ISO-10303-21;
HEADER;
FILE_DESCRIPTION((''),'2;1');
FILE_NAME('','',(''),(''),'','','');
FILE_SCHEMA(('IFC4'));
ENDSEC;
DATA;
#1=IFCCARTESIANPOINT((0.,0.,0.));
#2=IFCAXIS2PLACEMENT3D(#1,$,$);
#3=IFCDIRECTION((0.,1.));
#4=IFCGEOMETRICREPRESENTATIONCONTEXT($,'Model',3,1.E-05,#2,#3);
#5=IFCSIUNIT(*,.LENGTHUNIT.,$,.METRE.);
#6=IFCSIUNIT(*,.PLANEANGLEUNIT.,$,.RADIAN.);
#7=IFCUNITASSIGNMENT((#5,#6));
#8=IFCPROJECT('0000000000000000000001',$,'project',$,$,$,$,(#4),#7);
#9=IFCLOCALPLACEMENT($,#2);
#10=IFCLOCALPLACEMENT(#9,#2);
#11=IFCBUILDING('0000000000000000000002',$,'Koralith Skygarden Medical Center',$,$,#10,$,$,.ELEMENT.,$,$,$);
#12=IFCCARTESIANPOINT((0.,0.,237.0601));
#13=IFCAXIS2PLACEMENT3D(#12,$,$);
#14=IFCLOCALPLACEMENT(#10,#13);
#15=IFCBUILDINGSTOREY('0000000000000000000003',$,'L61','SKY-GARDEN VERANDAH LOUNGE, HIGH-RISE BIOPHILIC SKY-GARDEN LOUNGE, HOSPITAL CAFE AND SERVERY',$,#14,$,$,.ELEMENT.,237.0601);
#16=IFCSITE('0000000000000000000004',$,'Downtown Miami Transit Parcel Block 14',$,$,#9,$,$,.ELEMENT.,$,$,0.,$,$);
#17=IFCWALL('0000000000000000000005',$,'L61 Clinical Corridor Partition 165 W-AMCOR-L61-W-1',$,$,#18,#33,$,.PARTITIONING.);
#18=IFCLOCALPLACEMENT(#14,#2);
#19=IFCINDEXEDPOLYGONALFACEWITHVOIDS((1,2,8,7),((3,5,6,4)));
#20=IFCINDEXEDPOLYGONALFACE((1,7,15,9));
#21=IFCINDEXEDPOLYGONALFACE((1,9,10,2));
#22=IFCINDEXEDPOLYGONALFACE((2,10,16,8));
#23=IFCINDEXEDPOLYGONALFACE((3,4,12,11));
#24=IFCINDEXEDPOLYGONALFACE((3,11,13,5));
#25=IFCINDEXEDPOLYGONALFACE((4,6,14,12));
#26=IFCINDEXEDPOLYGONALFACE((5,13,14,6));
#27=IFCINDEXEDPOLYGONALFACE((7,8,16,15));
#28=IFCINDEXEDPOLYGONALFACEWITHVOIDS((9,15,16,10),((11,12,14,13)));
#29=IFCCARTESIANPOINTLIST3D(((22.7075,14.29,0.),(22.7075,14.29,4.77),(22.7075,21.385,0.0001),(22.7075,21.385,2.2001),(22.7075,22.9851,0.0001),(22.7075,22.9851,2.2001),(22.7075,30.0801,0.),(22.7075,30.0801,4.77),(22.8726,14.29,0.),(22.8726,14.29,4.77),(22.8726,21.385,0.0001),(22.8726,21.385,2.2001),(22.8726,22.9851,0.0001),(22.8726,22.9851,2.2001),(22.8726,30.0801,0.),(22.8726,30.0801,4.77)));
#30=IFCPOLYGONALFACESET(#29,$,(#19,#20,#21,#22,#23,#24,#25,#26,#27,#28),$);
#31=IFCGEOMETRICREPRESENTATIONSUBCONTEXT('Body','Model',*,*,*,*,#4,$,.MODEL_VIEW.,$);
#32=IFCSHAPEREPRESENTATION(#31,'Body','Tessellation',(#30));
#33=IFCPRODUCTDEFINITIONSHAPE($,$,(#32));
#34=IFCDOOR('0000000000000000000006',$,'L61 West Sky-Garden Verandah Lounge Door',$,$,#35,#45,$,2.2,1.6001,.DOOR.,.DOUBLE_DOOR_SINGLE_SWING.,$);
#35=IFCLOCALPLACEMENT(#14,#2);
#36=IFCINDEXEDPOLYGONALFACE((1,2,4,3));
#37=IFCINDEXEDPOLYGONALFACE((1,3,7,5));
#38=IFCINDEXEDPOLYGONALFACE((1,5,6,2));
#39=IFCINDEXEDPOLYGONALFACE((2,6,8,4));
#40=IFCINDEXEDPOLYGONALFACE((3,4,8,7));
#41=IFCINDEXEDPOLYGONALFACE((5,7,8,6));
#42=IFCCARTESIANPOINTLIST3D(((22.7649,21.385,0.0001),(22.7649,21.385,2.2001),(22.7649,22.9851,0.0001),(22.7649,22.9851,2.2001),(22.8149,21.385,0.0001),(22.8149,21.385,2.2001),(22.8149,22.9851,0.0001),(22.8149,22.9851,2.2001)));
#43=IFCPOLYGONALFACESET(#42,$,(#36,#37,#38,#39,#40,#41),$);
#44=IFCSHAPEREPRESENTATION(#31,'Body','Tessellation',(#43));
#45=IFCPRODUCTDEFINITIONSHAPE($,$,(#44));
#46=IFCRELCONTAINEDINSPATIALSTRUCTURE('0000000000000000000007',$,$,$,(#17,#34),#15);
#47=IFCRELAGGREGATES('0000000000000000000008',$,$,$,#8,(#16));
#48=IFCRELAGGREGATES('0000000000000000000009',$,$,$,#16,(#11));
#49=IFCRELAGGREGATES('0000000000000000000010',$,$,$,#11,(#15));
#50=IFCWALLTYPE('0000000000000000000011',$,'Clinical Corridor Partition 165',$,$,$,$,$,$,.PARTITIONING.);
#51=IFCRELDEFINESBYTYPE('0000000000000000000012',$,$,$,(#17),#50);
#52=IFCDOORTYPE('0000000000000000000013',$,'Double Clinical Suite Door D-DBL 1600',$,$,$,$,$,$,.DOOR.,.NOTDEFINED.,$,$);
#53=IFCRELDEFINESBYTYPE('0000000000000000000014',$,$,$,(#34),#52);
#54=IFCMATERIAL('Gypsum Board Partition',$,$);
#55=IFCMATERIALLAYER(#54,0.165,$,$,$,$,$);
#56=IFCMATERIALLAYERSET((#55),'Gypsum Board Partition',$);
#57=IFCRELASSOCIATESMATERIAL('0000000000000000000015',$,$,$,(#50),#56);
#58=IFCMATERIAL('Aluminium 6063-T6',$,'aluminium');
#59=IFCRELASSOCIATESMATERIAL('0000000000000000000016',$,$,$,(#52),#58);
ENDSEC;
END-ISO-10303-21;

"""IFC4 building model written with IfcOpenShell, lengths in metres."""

from ifc_helpers import new_model, si_unit, direction, frame, frame_2d, origin, place, context, subcontext, project, spatial, rectangle, extrude, material, layer, layer_set, type_object, element, fill, save


model = new_model("IFC4")

# Units and contexts
model_context = context("Model", 3, precision=1e-05, world=origin(), true_north=direction((0.0, 1.0)))
body_context = subcontext(model_context, "Body", "Model", "MODEL_VIEW")
ifc_project = project(units=[si_unit("LENGTHUNIT", "METRE"), si_unit("PLANEANGLEUNIT", "RADIAN")], contexts=[model_context])

# Site, building, storey
site_placement = place(None, origin())
site = spatial("IfcSite", under=ifc_project, at=site_placement, Name="Downtown Miami Transit Parcel Block 14", CompositionType="ELEMENT", RefElevation=0.0)
building_placement = place(site_placement, origin())
building = spatial("IfcBuilding", under=site, at=building_placement, Name="Koralith Skygarden Medical Center", CompositionType="ELEMENT")
storey_placement = place(building_placement, frame((0.0, 0.0, 237.0601)))
storey = spatial("IfcBuildingStorey", under=building, at=storey_placement, Name="L61", Description="SKY-GARDEN VERANDAH LOUNGE, HIGH-RISE BIOPHILIC SKY-GARDEN LOUNGE, HOSPITAL CAFE AND SERVERY", CompositionType="ELEMENT", Elevation=237.0601)

# Shared definitions
ifc_material_1 = material(Name="Gypsum Board Partition")

# Wall, opening, door
ifc_layer_1 = layer(ifc_material_1, 0.165)
ifc_layer_set_1 = layer_set([ifc_layer_1], Name="Gypsum Board Partition")
wall_type_1 = type_object("IfcWallType", Name="Clinical Corridor Partition 165", PredefinedType="PARTITIONING", material=ifc_layer_set_1)
ifc_material_2 = material(Name="Aluminium 6063-T6", Category="aluminium")
door_type_1 = type_object("IfcDoorType", Name="Double Clinical Suite Door D-DBL 1600", OperationType="NOTDEFINED", PredefinedType="DOOR", material=ifc_material_2)
wall_1_placement = place(storey_placement, frame((22.79, 14.29, 0.0), z_axis=(0.0, 0.0, 1.0), x_axis=(0.0, 1.0, 0.0)))
wall_1 = element("IfcWall", 1, at=wall_1_placement, inside=storey, type_object=wall_type_1, Name="L61 Clinical Corridor Partition 165 W-AMCOR-L61-W-1", PredefinedType="PARTITIONING", context=body_context, shape_type="SweptSolid", body=[
    extrude(rectangle(XDim=15.79, YDim=0.165, at=frame_2d((7.895, 0.0))), origin(), (0.0, 0.0, 1.0), 4.77),
])
opening_1_placement = place(wall_1_placement, frame((7.095, 0.0, 0.0)))
opening_1 = element("IfcOpeningElement", 2, at=opening_1_placement, cuts=wall_1, PredefinedType="OPENING", context=body_context, shape_type="SweptSolid", body=[
    extrude(rectangle(XDim=1.6001, YDim=2.2, at=frame_2d((0.8, 1.1001))), frame((0.0, 0.0925, 0.0), z_axis=(0.0, -1.0, 0.0), x_axis=(1.0, 0.0, 0.0)), (0.0, 0.0, 1.0), 0.1851),
])
door_1_placement = place(opening_1_placement, frame((1.6001, 0.0, 0.0), z_axis=(0.0, 0.0, 1.0), x_axis=(-1.0, 0.0, 0.0)))
door_1 = element("IfcDoor", 3, at=door_1_placement, inside=storey, type_object=door_type_1, Name="L61 West Sky-Garden Verandah Lounge Door", OperationType="DOUBLE_DOOR_SINGLE_SWING", OverallHeight=2.2, OverallWidth=1.6001, PredefinedType="DOOR", context=body_context, shape_type="SweptSolid", body=[
    extrude(rectangle(XDim=1.6001, YDim=2.2, at=frame_2d((0.8, 1.1001))), frame((0.0, 0.0249, 0.0), z_axis=(0.0, -1.0, 0.0), x_axis=(1.0, 0.0, 0.0)), (0.0, 0.0, 1.0), 0.05),
])
fill(opening_1, door_1)

save(model, "model.ifc")
